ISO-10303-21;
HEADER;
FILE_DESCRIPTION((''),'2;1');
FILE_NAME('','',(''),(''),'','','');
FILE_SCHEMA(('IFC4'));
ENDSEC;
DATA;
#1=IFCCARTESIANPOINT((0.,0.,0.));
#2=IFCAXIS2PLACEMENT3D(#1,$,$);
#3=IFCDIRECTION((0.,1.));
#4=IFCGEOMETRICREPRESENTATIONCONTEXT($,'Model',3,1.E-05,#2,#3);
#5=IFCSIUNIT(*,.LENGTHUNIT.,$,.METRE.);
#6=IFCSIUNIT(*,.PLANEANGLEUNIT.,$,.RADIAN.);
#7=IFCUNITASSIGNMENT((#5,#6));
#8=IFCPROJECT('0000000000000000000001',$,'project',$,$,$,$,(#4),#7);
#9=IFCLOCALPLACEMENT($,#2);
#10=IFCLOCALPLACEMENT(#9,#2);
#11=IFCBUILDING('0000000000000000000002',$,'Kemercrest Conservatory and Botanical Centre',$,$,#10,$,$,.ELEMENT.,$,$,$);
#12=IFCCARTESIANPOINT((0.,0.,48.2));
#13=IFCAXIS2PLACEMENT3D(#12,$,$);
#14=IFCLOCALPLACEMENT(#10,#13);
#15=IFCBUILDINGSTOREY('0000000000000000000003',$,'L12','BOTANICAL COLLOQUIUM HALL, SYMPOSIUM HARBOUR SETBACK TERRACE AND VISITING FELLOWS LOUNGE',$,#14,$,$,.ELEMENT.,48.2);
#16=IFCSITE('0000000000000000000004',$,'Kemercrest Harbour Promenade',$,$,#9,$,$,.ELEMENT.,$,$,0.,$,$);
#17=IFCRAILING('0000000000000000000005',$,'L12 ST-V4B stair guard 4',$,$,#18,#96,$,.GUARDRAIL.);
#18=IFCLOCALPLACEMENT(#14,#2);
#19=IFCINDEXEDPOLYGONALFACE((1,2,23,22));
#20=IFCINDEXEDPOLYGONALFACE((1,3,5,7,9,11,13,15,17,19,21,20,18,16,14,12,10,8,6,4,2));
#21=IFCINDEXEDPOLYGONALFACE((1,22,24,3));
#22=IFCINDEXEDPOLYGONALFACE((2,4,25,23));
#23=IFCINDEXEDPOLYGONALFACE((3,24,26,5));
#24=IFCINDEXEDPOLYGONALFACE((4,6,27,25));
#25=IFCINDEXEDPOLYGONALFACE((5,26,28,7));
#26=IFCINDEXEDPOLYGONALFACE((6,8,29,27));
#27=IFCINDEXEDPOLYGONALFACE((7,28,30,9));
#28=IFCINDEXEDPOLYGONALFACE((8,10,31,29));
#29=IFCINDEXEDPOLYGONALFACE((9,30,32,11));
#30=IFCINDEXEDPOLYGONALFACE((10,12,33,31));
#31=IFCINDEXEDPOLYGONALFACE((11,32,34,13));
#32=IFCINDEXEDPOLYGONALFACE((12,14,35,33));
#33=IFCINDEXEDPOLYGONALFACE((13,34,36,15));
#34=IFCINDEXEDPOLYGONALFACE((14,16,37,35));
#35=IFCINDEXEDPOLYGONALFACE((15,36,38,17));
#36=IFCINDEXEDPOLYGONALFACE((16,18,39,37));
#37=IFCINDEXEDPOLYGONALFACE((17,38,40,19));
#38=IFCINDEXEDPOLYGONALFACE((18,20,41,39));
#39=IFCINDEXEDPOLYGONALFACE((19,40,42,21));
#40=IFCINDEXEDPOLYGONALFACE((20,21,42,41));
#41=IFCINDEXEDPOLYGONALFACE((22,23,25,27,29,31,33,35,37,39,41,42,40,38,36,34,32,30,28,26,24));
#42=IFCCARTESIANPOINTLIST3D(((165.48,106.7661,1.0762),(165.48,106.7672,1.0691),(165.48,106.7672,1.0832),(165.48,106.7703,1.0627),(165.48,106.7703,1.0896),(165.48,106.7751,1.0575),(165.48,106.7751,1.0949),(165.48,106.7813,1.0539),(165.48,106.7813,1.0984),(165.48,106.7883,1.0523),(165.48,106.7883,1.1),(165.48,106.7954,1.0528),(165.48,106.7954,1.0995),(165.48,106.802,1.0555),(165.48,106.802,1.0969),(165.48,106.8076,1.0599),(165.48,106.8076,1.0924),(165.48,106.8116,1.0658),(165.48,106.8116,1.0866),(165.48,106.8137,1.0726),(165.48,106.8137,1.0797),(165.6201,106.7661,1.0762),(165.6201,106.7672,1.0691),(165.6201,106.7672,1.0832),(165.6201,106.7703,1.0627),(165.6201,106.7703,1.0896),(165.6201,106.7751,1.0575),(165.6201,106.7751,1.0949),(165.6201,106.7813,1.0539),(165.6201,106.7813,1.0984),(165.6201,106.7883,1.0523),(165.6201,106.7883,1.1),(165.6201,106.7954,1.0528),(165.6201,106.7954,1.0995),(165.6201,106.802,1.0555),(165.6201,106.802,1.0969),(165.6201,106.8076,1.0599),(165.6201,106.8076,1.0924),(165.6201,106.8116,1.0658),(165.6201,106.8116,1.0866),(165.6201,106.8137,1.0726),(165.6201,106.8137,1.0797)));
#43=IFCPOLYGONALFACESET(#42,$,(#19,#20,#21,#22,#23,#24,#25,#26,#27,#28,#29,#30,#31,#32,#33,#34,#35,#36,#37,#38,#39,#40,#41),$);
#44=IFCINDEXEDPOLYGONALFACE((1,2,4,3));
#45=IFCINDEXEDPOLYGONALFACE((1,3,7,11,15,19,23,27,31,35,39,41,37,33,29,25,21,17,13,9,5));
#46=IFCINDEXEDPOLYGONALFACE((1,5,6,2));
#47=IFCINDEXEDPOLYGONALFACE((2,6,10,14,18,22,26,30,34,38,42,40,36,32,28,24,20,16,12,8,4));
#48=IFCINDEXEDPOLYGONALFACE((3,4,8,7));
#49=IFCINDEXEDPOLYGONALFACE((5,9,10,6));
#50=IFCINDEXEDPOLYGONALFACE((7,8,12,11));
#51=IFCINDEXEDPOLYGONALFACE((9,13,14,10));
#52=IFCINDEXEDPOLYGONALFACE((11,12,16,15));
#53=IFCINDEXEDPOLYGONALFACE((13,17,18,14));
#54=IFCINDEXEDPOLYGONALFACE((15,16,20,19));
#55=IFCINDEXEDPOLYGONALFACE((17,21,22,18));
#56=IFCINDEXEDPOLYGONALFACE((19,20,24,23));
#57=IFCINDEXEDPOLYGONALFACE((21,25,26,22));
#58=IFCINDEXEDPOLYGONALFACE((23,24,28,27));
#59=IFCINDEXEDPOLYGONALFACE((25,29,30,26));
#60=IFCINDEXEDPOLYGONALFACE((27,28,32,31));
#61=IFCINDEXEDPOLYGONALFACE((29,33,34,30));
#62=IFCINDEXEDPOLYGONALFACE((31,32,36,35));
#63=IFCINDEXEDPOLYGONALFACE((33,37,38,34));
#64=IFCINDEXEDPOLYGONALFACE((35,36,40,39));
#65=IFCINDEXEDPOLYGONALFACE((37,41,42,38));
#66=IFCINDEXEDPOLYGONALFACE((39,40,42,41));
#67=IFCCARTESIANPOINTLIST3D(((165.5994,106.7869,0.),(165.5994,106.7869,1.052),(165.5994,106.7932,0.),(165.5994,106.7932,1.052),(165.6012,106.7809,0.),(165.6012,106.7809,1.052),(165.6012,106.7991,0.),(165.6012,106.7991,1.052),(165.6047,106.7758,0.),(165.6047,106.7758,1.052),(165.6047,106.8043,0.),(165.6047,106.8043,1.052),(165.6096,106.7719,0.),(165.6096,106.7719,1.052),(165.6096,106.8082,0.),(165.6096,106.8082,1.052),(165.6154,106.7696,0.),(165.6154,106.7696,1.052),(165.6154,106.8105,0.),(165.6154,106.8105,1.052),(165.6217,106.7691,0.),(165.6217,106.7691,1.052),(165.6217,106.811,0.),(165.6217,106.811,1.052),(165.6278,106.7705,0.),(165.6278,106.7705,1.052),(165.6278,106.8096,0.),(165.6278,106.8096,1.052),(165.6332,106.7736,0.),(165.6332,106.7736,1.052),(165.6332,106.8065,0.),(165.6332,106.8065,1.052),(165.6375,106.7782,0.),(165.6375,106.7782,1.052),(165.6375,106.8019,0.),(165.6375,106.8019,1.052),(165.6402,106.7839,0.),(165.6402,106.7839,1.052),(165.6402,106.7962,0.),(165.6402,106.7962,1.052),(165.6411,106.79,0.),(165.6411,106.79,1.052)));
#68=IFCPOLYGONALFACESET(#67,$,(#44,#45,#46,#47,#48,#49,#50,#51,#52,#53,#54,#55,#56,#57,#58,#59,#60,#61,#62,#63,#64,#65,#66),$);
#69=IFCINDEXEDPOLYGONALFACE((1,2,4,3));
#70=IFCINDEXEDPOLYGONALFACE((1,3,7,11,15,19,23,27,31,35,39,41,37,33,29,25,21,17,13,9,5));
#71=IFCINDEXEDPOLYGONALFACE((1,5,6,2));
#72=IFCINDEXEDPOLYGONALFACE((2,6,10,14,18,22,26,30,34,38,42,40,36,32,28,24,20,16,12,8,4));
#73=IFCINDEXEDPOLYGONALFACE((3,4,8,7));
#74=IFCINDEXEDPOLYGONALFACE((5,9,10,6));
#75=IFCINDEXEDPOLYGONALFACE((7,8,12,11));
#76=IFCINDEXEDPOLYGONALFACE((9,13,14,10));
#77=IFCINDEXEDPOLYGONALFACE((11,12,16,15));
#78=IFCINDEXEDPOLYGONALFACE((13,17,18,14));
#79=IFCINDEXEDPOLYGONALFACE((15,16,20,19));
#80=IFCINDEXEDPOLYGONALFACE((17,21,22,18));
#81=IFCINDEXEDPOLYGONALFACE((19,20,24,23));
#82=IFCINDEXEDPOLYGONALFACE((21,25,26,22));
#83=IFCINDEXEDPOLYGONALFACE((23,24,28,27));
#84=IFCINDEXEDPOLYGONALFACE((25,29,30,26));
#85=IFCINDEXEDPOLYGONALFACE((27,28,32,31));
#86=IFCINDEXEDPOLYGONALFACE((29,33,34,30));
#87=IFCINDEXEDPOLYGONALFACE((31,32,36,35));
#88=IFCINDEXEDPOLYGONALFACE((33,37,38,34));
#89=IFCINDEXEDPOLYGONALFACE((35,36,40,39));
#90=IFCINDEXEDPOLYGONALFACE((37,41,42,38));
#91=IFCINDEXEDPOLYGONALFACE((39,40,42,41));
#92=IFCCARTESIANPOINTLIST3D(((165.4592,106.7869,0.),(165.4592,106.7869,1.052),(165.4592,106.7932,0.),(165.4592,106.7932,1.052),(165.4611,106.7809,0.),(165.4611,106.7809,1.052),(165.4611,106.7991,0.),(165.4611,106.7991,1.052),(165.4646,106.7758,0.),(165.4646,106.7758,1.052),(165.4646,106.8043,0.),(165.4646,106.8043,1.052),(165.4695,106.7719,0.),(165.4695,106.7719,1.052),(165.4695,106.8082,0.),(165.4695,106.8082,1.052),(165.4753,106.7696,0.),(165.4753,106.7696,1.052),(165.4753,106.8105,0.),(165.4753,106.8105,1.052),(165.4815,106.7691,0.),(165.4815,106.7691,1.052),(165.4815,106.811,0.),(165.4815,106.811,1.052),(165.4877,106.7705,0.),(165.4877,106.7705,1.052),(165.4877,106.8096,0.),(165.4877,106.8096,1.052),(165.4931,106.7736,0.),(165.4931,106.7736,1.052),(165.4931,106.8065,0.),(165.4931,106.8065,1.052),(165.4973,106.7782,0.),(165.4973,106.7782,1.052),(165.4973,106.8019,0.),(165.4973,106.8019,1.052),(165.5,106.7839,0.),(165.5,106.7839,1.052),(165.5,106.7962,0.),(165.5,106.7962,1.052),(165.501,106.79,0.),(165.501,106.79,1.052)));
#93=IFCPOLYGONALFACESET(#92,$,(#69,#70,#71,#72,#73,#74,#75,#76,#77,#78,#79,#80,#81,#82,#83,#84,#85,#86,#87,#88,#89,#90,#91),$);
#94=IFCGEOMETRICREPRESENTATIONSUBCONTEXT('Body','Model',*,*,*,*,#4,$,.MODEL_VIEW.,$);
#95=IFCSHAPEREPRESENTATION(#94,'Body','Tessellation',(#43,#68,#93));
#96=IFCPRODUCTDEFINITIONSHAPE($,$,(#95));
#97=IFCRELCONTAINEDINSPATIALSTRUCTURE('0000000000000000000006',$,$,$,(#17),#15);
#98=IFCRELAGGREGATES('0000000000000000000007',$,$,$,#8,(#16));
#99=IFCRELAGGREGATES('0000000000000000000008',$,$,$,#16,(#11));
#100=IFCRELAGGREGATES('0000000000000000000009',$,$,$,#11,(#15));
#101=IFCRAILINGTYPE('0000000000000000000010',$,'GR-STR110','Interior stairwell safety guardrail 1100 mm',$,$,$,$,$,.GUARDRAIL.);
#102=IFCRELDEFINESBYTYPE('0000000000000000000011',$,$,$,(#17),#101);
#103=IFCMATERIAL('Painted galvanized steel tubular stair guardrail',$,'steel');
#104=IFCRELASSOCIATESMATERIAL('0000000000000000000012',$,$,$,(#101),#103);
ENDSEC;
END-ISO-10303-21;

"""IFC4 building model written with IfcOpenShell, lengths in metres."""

from ifc_helpers import new_model, si_unit, direction, frame, origin, origin_2d, place, context, subcontext, project, spatial, circle, extrude, material, type_object, element, save


model = new_model("IFC4")

# Units and contexts
model_context = context("Model", 3, precision=1e-05, world=origin(), true_north=direction((0.0, 1.0)))
body_context = subcontext(model_context, "Body", "Model", "MODEL_VIEW")
ifc_project = project(units=[si_unit("LENGTHUNIT", "METRE"), si_unit("PLANEANGLEUNIT", "RADIAN")], contexts=[model_context])

# Site, building, storey
site_placement = place(None, origin())
site = spatial("IfcSite", under=ifc_project, at=site_placement, Name="Kemercrest Harbour Promenade", CompositionType="ELEMENT", RefElevation=0.0)
building_placement = place(site_placement, origin())
building = spatial("IfcBuilding", under=site, at=building_placement, Name="Kemercrest Conservatory and Botanical Centre", CompositionType="ELEMENT")
storey_placement = place(building_placement, frame((0.0, 0.0, 48.2)))
storey = spatial("IfcBuildingStorey", under=building, at=storey_placement, Name="L12", Description="BOTANICAL COLLOQUIUM HALL, SYMPOSIUM HARBOUR SETBACK TERRACE AND VISITING FELLOWS LOUNGE", CompositionType="ELEMENT", Elevation=48.2)

# Railing
ifc_material_1 = material(Name="Painted galvanized steel tubular stair guardrail", Category="steel")
railing_type_1 = type_object("IfcRailingType", Name="GR-STR110", Description="Interior stairwell safety guardrail 1100 mm", PredefinedType="GUARDRAIL", material=ifc_material_1)
railing_1_placement = place(storey_placement, frame((165.6201, 106.79, 0.0)))
element("IfcRailing", 1, at=railing_1_placement, inside=storey, type_object=railing_type_1, Name="L12 ST-V4B stair guard 4", PredefinedType="GUARDRAIL", context=body_context, shape_type="SweptSolid", body=[
    extrude(circle(Radius=0.0239, at=origin_2d()), frame((0.0, 0.0, 1.0762), z_axis=(-1.0, 0.0, 0.0), x_axis=(0.0, -1.0, 0.0)), (0.0, 0.0, 1.0), 0.1401),
    extrude(circle(Radius=0.021, at=origin_2d()), origin(), (0.0, 0.0, 1.0), 1.052),
    extrude(circle(Radius=0.021, at=origin_2d()), frame((-0.1401, 0.0, 0.0)), (0.0, 0.0, 1.0), 1.052),
])

save(model, "model.ifc")
